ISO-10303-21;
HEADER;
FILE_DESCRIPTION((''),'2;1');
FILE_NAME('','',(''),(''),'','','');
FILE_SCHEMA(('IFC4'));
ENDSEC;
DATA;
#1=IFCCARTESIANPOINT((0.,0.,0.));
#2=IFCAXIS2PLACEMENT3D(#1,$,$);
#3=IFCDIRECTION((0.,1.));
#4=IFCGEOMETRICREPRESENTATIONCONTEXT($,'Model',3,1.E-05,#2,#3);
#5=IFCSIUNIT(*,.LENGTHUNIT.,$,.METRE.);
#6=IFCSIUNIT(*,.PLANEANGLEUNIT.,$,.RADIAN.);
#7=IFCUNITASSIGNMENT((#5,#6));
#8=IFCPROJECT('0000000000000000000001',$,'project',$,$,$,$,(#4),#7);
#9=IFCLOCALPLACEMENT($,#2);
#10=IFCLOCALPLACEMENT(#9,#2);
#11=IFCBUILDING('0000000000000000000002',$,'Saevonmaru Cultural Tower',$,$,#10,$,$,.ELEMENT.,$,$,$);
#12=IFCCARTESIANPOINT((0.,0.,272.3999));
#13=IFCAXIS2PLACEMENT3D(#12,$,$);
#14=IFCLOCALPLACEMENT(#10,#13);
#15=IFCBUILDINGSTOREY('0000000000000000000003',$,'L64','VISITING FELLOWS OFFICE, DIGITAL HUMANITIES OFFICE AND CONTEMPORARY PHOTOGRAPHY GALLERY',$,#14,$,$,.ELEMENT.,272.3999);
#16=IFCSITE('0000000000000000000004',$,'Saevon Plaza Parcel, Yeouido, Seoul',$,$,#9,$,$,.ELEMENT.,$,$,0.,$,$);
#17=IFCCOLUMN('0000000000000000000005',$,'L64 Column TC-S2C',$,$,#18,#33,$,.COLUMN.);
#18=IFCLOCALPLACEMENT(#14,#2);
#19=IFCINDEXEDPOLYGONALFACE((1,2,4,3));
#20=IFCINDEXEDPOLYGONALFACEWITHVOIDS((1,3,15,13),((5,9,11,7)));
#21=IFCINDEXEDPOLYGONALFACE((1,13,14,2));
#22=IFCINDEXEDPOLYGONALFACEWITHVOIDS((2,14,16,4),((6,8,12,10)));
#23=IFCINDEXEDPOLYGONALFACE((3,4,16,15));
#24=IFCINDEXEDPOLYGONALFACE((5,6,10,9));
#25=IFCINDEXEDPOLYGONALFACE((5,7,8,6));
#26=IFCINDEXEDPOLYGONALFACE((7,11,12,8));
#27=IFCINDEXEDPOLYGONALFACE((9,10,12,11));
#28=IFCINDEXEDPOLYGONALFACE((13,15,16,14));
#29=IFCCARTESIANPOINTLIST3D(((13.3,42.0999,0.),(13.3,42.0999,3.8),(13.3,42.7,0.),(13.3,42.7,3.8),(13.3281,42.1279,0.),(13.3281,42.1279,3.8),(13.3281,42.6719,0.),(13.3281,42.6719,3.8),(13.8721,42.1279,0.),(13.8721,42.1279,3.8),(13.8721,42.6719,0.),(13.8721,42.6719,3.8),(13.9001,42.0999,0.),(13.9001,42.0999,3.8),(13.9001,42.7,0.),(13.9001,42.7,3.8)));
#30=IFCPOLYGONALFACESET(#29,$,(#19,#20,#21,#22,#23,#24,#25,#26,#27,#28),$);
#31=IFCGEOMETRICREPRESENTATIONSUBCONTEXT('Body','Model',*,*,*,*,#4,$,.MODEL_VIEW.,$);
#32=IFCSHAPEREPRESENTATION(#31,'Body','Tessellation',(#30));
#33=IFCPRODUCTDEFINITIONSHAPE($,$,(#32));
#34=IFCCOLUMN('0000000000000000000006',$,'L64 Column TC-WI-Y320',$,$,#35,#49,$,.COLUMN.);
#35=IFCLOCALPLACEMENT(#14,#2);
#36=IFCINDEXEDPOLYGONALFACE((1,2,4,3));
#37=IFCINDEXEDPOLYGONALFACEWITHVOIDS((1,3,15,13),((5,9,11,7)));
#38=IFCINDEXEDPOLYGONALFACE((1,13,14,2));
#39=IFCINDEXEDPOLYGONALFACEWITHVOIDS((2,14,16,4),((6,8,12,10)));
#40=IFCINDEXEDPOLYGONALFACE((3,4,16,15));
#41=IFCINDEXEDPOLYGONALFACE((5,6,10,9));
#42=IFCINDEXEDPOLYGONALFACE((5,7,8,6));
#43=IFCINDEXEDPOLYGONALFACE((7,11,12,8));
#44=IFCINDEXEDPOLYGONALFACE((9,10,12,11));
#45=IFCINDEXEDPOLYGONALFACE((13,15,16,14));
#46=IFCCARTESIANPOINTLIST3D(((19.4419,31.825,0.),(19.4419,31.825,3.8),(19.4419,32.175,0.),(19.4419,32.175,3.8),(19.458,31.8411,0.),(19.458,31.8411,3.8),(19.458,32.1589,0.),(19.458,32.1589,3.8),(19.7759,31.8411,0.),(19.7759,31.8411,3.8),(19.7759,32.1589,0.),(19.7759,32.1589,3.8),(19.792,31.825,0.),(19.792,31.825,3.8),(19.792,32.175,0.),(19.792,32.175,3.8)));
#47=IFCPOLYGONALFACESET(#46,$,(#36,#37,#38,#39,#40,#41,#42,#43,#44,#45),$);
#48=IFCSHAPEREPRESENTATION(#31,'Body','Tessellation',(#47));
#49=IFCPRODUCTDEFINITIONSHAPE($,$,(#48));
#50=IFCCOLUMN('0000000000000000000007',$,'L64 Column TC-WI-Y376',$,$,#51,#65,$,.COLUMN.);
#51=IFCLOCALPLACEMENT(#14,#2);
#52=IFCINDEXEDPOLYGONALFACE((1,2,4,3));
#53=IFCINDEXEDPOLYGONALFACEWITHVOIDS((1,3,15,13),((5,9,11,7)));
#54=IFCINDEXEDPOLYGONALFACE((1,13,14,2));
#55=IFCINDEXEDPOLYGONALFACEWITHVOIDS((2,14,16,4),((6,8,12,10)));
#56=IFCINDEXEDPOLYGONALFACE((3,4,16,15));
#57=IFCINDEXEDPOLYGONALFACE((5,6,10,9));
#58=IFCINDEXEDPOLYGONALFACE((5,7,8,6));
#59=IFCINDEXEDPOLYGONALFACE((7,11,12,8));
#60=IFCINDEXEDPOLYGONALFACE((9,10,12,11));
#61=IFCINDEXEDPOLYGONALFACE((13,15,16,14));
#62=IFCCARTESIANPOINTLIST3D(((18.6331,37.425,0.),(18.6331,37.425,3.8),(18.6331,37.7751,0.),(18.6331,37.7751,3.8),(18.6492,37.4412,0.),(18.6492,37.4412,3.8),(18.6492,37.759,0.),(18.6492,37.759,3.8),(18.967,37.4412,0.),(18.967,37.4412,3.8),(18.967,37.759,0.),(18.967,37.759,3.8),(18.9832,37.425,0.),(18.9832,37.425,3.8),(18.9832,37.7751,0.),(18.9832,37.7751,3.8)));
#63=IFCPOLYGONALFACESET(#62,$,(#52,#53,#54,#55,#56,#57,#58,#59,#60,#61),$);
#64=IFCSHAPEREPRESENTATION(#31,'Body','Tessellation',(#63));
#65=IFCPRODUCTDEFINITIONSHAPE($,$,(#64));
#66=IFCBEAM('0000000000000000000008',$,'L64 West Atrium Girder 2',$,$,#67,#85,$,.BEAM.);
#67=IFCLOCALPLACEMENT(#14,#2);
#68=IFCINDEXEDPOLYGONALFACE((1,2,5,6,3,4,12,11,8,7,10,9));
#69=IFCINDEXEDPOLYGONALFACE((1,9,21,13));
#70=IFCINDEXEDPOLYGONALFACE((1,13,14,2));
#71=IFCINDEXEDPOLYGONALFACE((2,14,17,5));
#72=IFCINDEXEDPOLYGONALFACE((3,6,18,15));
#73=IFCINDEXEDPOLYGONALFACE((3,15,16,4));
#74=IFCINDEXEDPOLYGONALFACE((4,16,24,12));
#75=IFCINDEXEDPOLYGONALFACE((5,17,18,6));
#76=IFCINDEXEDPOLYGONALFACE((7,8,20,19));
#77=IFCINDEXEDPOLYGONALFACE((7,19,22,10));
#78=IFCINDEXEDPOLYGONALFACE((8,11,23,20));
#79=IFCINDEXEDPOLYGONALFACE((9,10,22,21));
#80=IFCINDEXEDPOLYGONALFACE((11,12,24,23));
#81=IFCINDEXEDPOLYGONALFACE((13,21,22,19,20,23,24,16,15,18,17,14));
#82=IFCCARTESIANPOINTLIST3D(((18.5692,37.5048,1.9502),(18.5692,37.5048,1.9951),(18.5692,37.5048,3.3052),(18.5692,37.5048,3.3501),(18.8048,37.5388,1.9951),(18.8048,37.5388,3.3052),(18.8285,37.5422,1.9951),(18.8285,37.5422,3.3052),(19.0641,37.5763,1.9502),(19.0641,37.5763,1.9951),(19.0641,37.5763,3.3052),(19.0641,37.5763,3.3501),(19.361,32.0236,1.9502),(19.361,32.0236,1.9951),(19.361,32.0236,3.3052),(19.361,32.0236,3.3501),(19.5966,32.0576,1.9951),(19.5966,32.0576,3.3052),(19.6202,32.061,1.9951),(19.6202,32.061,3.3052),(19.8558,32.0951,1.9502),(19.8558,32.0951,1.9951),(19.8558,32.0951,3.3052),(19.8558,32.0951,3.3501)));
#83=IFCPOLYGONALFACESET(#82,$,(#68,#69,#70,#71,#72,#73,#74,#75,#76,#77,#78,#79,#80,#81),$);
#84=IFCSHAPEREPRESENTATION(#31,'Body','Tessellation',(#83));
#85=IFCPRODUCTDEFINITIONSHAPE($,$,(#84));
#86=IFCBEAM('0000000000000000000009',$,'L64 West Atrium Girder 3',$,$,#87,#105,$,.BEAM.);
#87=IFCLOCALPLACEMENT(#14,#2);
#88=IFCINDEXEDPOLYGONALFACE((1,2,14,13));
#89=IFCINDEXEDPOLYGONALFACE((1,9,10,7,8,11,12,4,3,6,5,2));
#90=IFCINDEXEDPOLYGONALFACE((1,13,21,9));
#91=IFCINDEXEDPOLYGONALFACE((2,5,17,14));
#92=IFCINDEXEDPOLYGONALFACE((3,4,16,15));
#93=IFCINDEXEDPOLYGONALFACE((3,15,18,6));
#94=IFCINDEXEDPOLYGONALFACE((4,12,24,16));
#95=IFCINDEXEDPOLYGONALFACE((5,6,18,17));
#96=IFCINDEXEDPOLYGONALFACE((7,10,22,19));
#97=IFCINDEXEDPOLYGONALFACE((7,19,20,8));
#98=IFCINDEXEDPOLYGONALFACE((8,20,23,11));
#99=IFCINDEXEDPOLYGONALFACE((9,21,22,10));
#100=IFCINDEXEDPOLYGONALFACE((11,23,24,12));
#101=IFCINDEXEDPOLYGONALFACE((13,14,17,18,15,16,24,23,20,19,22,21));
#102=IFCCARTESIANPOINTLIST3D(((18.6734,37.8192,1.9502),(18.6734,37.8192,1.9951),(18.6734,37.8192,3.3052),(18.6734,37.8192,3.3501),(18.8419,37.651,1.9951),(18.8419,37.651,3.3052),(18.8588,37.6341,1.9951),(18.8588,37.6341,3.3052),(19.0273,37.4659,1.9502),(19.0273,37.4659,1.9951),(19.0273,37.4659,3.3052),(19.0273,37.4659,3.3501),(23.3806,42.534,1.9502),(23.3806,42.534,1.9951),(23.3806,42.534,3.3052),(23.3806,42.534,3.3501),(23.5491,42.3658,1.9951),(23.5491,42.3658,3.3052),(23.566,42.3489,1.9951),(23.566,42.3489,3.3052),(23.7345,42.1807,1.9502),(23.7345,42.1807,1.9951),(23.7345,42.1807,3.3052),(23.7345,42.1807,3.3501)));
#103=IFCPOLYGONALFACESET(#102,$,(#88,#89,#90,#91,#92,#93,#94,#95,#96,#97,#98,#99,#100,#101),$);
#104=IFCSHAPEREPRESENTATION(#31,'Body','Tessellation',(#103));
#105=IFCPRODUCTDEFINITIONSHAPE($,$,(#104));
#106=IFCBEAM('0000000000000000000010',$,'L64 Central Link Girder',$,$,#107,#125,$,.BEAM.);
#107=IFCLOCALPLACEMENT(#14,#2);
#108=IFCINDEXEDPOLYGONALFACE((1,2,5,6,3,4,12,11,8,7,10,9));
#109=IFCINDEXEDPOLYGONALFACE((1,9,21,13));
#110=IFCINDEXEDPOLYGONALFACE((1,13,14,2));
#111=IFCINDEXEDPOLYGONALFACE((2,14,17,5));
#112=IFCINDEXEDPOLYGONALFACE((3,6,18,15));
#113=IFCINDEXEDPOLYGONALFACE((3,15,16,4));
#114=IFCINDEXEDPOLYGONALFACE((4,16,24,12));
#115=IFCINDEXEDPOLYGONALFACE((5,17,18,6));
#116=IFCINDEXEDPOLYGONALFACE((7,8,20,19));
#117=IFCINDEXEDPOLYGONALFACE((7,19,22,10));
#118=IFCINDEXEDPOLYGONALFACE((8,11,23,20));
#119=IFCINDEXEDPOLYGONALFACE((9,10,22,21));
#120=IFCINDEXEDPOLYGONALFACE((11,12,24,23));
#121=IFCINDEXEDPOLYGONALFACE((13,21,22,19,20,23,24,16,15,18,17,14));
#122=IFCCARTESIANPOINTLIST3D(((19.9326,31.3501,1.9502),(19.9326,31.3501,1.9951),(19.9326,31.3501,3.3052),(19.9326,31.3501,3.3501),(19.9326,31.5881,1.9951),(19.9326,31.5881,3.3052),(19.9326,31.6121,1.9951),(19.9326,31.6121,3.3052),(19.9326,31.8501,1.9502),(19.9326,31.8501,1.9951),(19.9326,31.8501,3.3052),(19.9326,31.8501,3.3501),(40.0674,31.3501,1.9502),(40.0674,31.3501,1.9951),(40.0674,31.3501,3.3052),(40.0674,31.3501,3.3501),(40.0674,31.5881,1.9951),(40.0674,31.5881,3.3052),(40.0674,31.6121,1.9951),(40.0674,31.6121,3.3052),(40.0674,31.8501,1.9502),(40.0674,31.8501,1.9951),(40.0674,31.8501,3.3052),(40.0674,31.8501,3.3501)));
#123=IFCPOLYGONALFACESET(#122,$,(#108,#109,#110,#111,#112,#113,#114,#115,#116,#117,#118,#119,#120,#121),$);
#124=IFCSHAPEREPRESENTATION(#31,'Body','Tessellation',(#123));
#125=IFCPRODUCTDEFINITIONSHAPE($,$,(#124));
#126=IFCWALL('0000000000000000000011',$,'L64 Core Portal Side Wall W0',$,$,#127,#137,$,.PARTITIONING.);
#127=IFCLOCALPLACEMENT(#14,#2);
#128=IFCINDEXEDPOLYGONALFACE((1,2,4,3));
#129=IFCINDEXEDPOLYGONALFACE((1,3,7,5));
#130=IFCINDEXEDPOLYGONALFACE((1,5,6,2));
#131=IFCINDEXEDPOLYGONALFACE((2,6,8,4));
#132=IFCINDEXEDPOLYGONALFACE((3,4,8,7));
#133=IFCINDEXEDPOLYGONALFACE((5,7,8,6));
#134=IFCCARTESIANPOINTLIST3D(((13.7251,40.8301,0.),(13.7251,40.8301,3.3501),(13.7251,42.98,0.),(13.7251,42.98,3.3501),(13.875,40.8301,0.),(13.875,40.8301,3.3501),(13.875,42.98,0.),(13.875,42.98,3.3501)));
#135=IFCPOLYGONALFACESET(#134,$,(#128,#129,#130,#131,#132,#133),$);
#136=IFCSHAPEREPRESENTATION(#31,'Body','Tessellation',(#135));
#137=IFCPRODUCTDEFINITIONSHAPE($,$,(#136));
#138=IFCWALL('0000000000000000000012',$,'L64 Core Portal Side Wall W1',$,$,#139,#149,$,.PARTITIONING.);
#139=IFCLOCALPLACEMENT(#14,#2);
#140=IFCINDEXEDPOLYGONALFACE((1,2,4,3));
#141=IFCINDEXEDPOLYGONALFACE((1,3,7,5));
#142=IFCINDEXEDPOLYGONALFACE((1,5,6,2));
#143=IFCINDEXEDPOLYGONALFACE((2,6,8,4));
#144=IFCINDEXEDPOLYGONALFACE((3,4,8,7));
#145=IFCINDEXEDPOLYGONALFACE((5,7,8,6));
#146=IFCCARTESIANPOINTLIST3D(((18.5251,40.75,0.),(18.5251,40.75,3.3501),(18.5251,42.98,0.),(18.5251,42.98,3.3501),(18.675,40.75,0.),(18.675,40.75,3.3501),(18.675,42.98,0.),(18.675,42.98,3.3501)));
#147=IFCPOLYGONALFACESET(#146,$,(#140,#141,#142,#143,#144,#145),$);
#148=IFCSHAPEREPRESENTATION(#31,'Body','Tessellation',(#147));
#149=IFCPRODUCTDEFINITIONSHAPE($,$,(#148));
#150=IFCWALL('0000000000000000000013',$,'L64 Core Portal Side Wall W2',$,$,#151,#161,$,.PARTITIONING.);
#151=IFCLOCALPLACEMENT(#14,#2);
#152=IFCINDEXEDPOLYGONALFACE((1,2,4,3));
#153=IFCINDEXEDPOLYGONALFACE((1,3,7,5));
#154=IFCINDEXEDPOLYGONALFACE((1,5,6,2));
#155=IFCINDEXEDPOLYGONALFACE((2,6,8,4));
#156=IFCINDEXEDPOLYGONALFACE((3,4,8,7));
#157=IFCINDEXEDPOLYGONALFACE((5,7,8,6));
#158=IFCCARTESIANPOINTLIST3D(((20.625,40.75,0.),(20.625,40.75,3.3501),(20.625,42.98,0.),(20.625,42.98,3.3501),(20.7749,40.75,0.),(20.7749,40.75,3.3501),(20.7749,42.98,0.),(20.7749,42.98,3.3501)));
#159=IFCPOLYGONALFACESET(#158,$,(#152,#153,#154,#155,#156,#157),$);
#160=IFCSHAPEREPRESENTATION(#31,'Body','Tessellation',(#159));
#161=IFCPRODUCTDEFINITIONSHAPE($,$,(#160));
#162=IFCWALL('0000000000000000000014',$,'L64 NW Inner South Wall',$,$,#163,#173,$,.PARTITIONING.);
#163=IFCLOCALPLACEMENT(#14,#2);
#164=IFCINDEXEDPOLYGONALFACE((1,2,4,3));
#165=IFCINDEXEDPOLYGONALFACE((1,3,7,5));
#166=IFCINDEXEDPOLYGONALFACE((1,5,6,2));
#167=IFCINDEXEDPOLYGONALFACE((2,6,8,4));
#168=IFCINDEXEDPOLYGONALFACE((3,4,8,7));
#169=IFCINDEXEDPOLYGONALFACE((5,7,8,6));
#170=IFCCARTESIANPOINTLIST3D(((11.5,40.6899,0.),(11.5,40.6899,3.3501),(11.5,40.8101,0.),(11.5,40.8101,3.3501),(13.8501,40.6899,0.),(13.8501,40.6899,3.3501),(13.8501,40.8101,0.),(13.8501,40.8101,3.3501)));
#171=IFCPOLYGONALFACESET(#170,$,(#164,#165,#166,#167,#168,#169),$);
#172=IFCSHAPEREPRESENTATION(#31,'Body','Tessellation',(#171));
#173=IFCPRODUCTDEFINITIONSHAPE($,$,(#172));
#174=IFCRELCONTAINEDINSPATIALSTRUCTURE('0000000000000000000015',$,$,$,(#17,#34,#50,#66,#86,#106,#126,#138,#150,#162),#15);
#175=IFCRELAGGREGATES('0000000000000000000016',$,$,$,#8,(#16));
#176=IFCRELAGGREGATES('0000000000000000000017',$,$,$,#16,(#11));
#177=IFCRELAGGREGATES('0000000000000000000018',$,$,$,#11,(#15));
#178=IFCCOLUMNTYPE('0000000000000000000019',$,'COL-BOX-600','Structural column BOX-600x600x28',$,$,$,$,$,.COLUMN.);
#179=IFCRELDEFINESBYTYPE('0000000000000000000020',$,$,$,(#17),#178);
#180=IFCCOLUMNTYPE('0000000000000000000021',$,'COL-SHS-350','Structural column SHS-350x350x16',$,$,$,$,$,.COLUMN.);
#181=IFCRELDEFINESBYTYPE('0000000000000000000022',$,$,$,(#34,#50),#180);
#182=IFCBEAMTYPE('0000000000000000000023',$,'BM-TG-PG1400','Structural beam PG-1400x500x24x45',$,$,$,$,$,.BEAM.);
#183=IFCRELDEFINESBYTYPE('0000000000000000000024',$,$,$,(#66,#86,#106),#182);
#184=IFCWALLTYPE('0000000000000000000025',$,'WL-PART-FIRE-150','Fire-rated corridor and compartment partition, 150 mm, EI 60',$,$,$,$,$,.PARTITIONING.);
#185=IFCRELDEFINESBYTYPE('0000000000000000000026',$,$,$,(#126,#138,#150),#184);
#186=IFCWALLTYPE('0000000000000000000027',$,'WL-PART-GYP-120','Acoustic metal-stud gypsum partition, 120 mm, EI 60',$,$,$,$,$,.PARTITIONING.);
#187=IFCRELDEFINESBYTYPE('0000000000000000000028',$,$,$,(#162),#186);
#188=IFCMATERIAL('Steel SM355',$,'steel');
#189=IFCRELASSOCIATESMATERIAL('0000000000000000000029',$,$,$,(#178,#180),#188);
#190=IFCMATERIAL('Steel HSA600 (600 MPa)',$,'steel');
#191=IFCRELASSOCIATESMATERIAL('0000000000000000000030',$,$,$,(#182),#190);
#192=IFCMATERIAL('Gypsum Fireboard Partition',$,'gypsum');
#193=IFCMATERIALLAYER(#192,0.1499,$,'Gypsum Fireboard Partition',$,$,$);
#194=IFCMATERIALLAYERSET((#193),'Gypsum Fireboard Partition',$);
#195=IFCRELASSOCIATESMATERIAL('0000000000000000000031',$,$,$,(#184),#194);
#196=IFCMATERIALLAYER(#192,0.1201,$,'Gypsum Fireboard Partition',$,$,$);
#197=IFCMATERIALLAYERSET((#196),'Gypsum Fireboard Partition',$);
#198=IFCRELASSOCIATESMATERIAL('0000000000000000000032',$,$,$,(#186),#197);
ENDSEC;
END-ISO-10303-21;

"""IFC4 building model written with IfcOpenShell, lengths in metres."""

from ifc_helpers import new_model, si_unit, direction, frame, frame_2d, origin, origin_2d, place, context, subcontext, project, spatial, rectangle, hollow_rectangle, i_section, extrude, material, layer, layer_set, material_profile, profile_set, type_object, element, save


model = new_model("IFC4")

# Units and contexts
model_context = context("Model", 3, precision=1e-05, world=origin(), true_north=direction((0.0, 1.0)))
body_context = subcontext(model_context, "Body", "Model", "MODEL_VIEW")
ifc_project = project(units=[si_unit("LENGTHUNIT", "METRE"), si_unit("PLANEANGLEUNIT", "RADIAN")], contexts=[model_context])

# Site, building, storey
site_placement = place(None, origin())
site = spatial("IfcSite", under=ifc_project, at=site_placement, Name="Saevon Plaza Parcel, Yeouido, Seoul", CompositionType="ELEMENT", RefElevation=0.0)
building_placement = place(site_placement, origin())
building = spatial("IfcBuilding", under=site, at=building_placement, Name="Saevonmaru Cultural Tower", CompositionType="ELEMENT")
storey_placement = place(building_placement, frame((0.0, 0.0, 272.3999)))
storey = spatial("IfcBuildingStorey", under=building, at=storey_placement, Name="L64", Description="VISITING FELLOWS OFFICE, DIGITAL HUMANITIES OFFICE AND CONTEMPORARY PHOTOGRAPHY GALLERY", CompositionType="ELEMENT", Elevation=272.3999)

# Columns
ifc_material_1 = material(Name="Steel SM355", Category="steel")
ifc_material_profile_1 = material_profile(ifc_material_1, hollow_rectangle(XDim=0.6001, YDim=0.6001, WallThickness=0.0281, at=origin_2d()), Name="BOX-600x600x28")
ifc_profile_set_1 = profile_set([ifc_material_profile_1], Name="Steel SM355")
column_type_1 = type_object("IfcColumnType", Name="COL-BOX-600", Description="Structural column BOX-600x600x28", PredefinedType="COLUMN", material=ifc_profile_set_1)
column_placement = place(storey_placement, frame((13.6001, 42.3999, 0.0), z_axis=(0.0, 0.0, 1.0), x_axis=(1.0, 0.0, 0.0)))
element("IfcColumn", 1, at=column_placement, inside=storey, type_object=column_type_1, Name="L64 Column TC-S2C", PredefinedType="COLUMN", context=body_context, shape_type="SweptSolid", body=[
    extrude(hollow_rectangle(XDim=0.6001, YDim=0.6001, WallThickness=0.0281, at=origin_2d()), origin(), (0.0, 0.0, 1.0), 3.8),
])
ifc_material_profile_2 = material_profile(ifc_material_1, hollow_rectangle(XDim=0.3501, YDim=0.3501, WallThickness=0.0161, at=origin_2d()), Name="SHS-350x350x16")
ifc_profile_set_2 = profile_set([ifc_material_profile_2], Name="Steel SM355")
column_type_2 = type_object("IfcColumnType", Name="COL-SHS-350", Description="Structural column SHS-350x350x16", PredefinedType="COLUMN", material=ifc_profile_set_2)
for number, where, z_axis, x_axis, name in (
    (2, (19.6169, 32.0, 0.0), (0.0, 0.0, 1.0), (1.0, 0.0, 0.0), "L64 Column TC-WI-Y320"),
    (3, (18.8081, 37.6001, 0.0), (0.0, 0.0, 1.0), (1.0, 0.0, 0.0), "L64 Column TC-WI-Y376"),
):
    element("IfcColumn", number, at=place(storey_placement, frame(where, z_axis=z_axis, x_axis=x_axis)), inside=storey, type_object=column_type_2, Name=name, PredefinedType="COLUMN", context=body_context, shape_type="SweptSolid", body=[
        extrude(hollow_rectangle(XDim=0.3501, YDim=0.3501, WallThickness=0.0161, at=origin_2d()), origin(), (0.0, 0.0, 1.0), 3.8),
    ])

# Beams
ifc_material_2 = material(Name="Steel HSA600 (600 MPa)", Category="steel")
ifc_material_profile_3 = material_profile(ifc_material_2, i_section(OverallWidth=0.5, OverallDepth=1.3999, WebThickness=0.0239, FlangeThickness=0.0449, at=origin_2d()), Name="PG-1400x500x24x45")
ifc_profile_set_3 = profile_set([ifc_material_profile_3], Name="Steel HSA600 (600 MPa)")
beam_type = type_object("IfcBeamType", Name="BM-TG-PG1400", Description="Structural beam PG-1400x500x24x45", PredefinedType="BEAM", material=ifc_profile_set_3)
beam_1_placement = place(storey_placement, frame((19.6084, 32.0593, 2.6501), z_axis=(-0.142964, 0.989728, 0.0), x_axis=(-0.989728, -0.142964, 0.0)))
element("IfcBeam", 4, at=beam_1_placement, inside=storey, type_object=beam_type, Name="L64 West Atrium Girder 2", PredefinedType="BEAM", context=body_context, shape_type="SweptSolid", body=[
    extrude(i_section(OverallWidth=0.5, OverallDepth=1.3999, WebThickness=0.0239, FlangeThickness=0.0449, at=origin_2d()), origin(), (0.0, 0.0, 1.0), 5.5381),
])
beam_2_placement = place(storey_placement, frame((18.8503, 37.6426, 2.6501), z_axis=(0.706539, 0.707675, 0.0), x_axis=(-0.707675, 0.706539, 0.0)))
element("IfcBeam", 5, at=beam_2_placement, inside=storey, type_object=beam_type, Name="L64 West Atrium Girder 3", PredefinedType="BEAM", context=body_context, shape_type="SweptSolid", body=[
    extrude(i_section(OverallWidth=0.5, OverallDepth=1.3999, WebThickness=0.0239, FlangeThickness=0.0449, at=origin_2d()), origin(), (0.0, 0.0, 1.0), 6.6624),
])
beam_3_placement = place(storey_placement, frame((19.9326, 31.6001, 2.6501), z_axis=(1.0, 0.0, 0.0), x_axis=(0.0, 1.0, 0.0)))
element("IfcBeam", 6, at=beam_3_placement, inside=storey, type_object=beam_type, Name="L64 Central Link Girder", PredefinedType="BEAM", context=body_context, shape_type="SweptSolid", body=[
    extrude(i_section(OverallWidth=0.5, OverallDepth=1.3999, WebThickness=0.0239, FlangeThickness=0.0449, at=origin_2d()), origin(), (0.0, 0.0, 1.0), 20.1348),
])

# Walls
ifc_material_3 = material(Name="Gypsum Fireboard Partition", Category="gypsum")
ifc_layer_1 = layer(ifc_material_3, 0.1499, Name="Gypsum Fireboard Partition")
ifc_layer_set_1 = layer_set([ifc_layer_1], Name="Gypsum Fireboard Partition")
wall_type_1 = type_object("IfcWallType", Name="WL-PART-FIRE-150", Description="Fire-rated corridor and compartment partition, 150 mm, EI 60", PredefinedType="PARTITIONING", material=ifc_layer_set_1)
wall_1_placement = place(storey_placement, frame((13.8, 40.8301, 0.0), z_axis=(0.0, 0.0, 1.0), x_axis=(0.0, 1.0, 0.0)))
element("IfcWall", 7, at=wall_1_placement, inside=storey, type_object=wall_type_1, Name="L64 Core Portal Side Wall W0", PredefinedType="PARTITIONING", context=body_context, shape_type="SweptSolid", body=[
    extrude(rectangle(XDim=2.1499, YDim=0.1499, at=frame_2d((1.075, 0.0))), origin(), (0.0, 0.0, 1.0), 3.3501),
])
for number, where, z_axis, x_axis, name in (
    (8, (18.6001, 40.75, 0.0), (0.0, 0.0, 1.0), (0.0, 1.0, 0.0), "L64 Core Portal Side Wall W1"),
    (9, (20.7, 40.75, 0.0), (0.0, 0.0, 1.0), (0.0, 1.0, 0.0), "L64 Core Portal Side Wall W2"),
):
    element("IfcWall", number, at=place(storey_placement, frame(where, z_axis=z_axis, x_axis=x_axis)), inside=storey, type_object=wall_type_1, Name=name, PredefinedType="PARTITIONING", context=body_context, shape_type="SweptSolid", body=[
        extrude(rectangle(XDim=2.23, YDim=0.1499, at=frame_2d((1.115, 0.0))), origin(), (0.0, 0.0, 1.0), 3.3501),
    ])
ifc_layer_2 = layer(ifc_material_3, 0.1201, Name="Gypsum Fireboard Partition")
ifc_layer_set_2 = layer_set([ifc_layer_2], Name="Gypsum Fireboard Partition")
wall_type_2 = type_object("IfcWallType", Name="WL-PART-GYP-120", Description="Acoustic metal-stud gypsum partition, 120 mm, EI 60", PredefinedType="PARTITIONING", material=ifc_layer_set_2)
wall_2_placement = place(storey_placement, frame((11.5, 40.75, 0.0), z_axis=(0.0, 0.0, 1.0), x_axis=(1.0, 0.0, 0.0)))
element("IfcWall", 10, at=wall_2_placement, inside=storey, type_object=wall_type_2, Name="L64 NW Inner South Wall", PredefinedType="PARTITIONING", context=body_context, shape_type="SweptSolid", body=[
    extrude(rectangle(XDim=2.3501, YDim=0.1201, at=frame_2d((1.175, 0.0))), origin(), (0.0, 0.0, 1.0), 3.3501),
])

save(model, "model.ifc")
